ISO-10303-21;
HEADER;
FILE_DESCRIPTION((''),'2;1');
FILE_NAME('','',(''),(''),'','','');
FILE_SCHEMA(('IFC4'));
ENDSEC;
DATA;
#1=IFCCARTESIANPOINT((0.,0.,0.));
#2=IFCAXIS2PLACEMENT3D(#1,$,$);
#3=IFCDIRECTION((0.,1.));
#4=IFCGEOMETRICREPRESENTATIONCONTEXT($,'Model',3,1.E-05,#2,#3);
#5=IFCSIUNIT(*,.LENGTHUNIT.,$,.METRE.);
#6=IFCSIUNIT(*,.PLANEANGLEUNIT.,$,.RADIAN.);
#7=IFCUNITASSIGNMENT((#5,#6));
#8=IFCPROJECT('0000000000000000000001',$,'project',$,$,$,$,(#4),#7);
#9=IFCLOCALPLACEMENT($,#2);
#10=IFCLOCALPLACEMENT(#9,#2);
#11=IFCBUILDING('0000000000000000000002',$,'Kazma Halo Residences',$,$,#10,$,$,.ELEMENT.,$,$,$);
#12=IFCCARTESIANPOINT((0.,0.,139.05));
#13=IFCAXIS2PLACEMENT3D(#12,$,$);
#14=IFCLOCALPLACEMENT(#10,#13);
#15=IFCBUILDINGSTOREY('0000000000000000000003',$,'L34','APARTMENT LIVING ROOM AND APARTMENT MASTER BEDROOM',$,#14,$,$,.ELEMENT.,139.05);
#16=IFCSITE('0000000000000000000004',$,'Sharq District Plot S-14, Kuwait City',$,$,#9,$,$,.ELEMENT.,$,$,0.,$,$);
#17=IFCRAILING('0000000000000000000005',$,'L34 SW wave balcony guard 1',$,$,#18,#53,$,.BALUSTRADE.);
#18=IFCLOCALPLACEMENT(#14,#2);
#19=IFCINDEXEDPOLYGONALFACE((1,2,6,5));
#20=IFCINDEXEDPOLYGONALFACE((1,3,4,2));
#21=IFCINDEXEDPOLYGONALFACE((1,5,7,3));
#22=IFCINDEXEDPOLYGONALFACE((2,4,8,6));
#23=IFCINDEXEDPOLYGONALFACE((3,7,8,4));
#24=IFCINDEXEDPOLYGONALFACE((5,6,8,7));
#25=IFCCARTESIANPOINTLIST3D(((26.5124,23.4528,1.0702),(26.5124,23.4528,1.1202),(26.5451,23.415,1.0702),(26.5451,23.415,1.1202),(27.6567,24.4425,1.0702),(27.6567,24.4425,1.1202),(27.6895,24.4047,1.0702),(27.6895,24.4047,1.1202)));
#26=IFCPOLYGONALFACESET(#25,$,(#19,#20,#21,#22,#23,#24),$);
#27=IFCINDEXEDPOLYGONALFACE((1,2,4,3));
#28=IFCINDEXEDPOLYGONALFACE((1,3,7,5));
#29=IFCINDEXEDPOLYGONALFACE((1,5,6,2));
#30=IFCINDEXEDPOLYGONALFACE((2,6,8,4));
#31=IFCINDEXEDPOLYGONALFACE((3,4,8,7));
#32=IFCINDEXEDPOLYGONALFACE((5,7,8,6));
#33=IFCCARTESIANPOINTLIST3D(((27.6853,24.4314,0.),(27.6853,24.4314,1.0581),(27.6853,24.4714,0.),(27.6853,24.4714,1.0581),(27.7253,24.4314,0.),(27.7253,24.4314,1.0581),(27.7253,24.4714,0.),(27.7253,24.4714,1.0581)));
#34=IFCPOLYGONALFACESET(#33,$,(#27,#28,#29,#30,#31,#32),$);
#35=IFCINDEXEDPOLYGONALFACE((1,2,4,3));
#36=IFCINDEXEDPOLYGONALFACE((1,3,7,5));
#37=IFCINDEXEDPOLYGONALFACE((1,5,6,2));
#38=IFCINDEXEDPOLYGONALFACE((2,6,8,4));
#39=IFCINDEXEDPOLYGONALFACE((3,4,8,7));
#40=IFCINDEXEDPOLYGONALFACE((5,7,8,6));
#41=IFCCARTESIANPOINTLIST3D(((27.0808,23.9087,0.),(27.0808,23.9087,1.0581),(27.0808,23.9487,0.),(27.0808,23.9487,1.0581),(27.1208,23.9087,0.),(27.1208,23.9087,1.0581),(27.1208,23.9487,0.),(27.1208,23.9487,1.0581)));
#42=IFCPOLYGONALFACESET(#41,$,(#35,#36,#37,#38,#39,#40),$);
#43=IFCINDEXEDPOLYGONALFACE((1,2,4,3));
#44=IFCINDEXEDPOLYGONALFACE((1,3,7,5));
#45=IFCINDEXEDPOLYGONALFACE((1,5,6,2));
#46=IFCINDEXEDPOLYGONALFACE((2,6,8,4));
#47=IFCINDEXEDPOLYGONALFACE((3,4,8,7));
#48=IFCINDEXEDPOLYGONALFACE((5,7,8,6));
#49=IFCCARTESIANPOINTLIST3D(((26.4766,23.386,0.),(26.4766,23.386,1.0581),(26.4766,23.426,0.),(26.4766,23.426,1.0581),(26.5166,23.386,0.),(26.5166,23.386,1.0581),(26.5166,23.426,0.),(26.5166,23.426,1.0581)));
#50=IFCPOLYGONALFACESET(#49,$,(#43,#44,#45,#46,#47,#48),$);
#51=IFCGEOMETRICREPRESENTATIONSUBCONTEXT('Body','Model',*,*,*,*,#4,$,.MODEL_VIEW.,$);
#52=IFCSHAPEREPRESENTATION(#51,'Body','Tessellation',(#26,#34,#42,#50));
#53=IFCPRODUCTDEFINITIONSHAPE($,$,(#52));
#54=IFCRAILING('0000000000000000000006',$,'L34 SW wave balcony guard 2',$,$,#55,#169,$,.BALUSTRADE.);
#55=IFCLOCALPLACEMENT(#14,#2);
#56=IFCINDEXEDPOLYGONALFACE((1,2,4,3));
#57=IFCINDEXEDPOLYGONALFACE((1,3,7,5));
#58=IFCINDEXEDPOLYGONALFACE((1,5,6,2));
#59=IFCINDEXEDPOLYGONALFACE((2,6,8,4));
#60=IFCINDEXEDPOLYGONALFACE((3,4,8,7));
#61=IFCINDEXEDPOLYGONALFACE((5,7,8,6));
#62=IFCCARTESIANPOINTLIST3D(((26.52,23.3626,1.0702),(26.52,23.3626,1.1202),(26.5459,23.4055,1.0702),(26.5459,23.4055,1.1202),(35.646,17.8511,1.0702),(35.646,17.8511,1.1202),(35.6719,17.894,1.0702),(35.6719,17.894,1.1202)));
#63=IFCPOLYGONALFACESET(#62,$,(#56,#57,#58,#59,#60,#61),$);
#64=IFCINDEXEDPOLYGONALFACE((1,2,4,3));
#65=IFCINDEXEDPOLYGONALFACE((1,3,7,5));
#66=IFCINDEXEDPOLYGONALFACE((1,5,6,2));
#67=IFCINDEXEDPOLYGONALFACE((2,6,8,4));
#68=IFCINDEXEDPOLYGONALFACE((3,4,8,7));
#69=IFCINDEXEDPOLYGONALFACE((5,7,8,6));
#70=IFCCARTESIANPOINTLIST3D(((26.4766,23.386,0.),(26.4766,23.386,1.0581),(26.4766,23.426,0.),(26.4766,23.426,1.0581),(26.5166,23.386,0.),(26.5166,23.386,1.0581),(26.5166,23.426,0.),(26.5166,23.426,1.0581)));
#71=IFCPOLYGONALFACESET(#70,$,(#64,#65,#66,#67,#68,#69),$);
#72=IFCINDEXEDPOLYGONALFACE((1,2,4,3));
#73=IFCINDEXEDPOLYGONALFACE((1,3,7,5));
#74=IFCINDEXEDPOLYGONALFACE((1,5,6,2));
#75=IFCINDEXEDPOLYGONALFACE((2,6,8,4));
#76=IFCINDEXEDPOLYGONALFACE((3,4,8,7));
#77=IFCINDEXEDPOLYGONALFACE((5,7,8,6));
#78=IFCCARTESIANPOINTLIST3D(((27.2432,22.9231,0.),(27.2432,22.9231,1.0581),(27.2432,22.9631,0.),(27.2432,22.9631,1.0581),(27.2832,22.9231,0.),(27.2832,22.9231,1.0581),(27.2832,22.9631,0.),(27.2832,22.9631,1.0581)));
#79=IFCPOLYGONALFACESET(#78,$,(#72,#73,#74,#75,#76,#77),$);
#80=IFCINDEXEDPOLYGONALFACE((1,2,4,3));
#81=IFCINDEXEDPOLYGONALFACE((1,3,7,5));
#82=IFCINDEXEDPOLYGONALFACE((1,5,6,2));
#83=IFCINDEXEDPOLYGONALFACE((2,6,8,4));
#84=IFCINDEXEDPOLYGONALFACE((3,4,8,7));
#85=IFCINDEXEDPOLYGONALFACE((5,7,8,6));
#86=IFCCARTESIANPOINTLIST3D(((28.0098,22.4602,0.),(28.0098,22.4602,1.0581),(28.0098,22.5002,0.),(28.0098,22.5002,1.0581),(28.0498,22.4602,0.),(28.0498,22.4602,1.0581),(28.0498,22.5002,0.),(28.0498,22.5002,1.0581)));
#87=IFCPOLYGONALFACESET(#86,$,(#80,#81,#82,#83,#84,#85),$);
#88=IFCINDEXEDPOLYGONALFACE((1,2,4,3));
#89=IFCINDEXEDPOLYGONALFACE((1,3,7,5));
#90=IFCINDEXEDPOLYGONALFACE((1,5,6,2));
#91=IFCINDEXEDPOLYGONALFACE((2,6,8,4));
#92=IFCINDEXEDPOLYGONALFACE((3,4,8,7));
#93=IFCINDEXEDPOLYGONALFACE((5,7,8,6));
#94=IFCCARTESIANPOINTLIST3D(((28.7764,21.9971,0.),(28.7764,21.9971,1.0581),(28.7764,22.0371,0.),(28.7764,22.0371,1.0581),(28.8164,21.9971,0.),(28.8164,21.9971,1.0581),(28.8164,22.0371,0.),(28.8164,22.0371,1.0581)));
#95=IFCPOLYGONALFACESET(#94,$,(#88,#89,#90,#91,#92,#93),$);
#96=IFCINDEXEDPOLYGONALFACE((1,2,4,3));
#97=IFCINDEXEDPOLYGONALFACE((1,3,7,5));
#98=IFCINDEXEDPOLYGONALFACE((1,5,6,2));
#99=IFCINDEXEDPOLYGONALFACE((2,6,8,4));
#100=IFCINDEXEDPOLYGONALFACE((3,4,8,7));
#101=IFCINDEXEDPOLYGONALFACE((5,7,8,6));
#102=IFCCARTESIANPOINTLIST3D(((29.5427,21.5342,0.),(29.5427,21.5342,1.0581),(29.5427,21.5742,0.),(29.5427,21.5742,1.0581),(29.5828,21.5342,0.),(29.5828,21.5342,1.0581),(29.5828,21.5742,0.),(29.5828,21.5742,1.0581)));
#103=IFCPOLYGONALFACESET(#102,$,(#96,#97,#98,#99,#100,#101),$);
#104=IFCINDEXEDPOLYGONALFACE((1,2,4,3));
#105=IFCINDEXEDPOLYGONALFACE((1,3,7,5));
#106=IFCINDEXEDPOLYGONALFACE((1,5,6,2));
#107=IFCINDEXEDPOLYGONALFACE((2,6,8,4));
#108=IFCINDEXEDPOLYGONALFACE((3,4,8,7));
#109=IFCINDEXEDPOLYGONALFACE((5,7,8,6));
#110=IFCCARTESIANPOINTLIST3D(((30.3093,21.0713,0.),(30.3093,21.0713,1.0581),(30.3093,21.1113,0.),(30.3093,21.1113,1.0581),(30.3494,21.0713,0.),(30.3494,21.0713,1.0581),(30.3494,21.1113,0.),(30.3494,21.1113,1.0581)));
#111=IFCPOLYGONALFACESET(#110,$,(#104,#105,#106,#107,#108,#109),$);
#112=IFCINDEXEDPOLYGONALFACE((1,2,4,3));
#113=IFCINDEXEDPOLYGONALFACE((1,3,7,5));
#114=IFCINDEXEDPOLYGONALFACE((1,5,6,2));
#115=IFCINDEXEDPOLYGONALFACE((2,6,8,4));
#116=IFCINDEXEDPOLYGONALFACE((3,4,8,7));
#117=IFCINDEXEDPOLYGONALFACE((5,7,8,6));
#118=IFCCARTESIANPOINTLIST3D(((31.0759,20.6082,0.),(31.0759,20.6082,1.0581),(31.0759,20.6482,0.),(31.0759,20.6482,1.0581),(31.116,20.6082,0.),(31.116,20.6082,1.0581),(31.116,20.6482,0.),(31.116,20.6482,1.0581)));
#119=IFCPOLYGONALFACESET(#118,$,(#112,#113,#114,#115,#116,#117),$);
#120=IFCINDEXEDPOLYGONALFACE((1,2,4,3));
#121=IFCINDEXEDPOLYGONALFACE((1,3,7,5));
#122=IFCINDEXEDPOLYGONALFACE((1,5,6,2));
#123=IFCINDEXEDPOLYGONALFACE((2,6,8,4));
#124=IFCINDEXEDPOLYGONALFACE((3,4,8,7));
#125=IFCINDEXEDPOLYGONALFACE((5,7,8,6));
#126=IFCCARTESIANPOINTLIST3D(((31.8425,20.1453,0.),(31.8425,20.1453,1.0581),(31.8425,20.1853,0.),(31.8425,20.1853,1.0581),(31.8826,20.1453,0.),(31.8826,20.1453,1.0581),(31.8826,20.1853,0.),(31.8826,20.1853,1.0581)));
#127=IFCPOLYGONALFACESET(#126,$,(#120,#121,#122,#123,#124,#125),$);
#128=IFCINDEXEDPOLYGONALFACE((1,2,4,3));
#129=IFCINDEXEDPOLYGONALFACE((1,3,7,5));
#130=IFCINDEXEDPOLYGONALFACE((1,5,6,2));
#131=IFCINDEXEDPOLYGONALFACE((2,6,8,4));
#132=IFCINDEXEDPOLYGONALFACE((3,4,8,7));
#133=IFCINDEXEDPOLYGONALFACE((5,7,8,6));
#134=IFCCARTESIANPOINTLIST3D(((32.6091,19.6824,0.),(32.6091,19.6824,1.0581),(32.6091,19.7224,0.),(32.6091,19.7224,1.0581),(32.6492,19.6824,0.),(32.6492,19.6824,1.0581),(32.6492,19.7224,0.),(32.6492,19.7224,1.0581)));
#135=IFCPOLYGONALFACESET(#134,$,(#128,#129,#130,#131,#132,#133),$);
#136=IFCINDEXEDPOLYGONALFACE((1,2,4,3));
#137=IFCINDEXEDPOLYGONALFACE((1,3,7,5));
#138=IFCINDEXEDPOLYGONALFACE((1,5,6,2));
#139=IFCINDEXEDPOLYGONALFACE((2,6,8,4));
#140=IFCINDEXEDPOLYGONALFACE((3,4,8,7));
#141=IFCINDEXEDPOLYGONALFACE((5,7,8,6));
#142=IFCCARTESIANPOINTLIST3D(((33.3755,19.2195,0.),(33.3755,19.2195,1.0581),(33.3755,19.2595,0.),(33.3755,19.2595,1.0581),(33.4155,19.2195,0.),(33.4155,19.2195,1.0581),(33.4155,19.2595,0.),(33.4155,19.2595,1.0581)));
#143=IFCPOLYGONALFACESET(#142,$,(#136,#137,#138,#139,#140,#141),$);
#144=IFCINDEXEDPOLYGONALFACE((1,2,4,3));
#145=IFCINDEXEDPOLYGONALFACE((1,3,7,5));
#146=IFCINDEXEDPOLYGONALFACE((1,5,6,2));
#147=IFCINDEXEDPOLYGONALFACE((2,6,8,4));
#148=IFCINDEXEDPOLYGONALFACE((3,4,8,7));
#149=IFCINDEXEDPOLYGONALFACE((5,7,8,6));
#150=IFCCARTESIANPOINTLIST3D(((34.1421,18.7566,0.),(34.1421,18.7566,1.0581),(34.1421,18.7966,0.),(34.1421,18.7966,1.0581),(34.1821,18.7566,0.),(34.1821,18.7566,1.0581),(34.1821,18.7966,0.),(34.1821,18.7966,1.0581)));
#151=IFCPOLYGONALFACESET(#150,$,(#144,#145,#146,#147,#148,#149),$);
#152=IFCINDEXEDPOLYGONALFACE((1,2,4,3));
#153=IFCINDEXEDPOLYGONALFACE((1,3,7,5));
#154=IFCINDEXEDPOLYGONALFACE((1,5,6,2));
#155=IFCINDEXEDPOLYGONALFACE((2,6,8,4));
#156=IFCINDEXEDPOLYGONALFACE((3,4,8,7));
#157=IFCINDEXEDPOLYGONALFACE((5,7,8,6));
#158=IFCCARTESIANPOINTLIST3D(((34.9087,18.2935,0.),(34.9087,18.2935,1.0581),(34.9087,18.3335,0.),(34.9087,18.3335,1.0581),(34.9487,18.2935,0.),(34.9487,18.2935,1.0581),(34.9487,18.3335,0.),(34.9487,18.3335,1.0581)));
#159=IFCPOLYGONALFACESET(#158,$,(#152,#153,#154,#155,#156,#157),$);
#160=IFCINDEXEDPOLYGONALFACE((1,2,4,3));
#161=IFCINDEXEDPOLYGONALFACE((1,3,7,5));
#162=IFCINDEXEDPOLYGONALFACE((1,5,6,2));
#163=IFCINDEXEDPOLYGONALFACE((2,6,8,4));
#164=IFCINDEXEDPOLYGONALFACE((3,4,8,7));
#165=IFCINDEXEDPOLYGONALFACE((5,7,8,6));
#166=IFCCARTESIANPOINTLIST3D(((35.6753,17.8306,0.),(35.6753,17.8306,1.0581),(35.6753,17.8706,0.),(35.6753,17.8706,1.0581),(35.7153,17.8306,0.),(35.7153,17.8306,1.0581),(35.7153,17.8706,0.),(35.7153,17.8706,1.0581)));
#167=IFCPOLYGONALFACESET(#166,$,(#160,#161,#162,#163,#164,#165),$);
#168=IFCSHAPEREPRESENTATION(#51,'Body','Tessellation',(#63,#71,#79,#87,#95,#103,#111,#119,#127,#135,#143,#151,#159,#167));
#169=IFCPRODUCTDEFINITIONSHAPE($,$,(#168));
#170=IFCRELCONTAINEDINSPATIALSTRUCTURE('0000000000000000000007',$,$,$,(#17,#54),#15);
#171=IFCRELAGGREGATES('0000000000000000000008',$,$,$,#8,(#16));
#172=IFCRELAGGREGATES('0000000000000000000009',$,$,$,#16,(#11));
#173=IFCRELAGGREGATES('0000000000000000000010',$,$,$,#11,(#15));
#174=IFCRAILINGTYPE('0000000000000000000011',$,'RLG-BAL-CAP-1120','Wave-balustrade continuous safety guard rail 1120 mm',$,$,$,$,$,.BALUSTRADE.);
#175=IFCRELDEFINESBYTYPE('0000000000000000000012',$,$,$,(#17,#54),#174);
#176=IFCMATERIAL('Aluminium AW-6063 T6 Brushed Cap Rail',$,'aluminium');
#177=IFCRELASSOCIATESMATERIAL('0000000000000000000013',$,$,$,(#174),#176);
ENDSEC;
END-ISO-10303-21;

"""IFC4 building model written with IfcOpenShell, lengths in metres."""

from ifc_helpers import new_model, si_unit, direction, frame, origin, origin_2d, place, context, subcontext, project, spatial, rectangle, extrude, material, type_object, element, save


model = new_model("IFC4")

# Units and contexts
model_context = context("Model", 3, precision=1e-05, world=origin(), true_north=direction((0.0, 1.0)))
body_context = subcontext(model_context, "Body", "Model", "MODEL_VIEW")
ifc_project = project(units=[si_unit("LENGTHUNIT", "METRE"), si_unit("PLANEANGLEUNIT", "RADIAN")], contexts=[model_context])

# Site, building, storey
site_placement = place(None, origin())
site = spatial("IfcSite", under=ifc_project, at=site_placement, Name="Sharq District Plot S-14, Kuwait City", CompositionType="ELEMENT", RefElevation=0.0)
building_placement = place(site_placement, origin())
building = spatial("IfcBuilding", under=site, at=building_placement, Name="Kazma Halo Residences", CompositionType="ELEMENT")
storey_placement = place(building_placement, frame((0.0, 0.0, 139.05)))
storey = spatial("IfcBuildingStorey", under=building, at=storey_placement, Name="L34", Description="APARTMENT LIVING ROOM AND APARTMENT MASTER BEDROOM", CompositionType="ELEMENT", Elevation=139.05)

# Railings
ifc_material_1 = material(Name="Aluminium AW-6063 T6 Brushed Cap Rail", Category="aluminium")
railing_type = type_object("IfcRailingType", Name="RLG-BAL-CAP-1120", Description="Wave-balustrade continuous safety guard rail 1120 mm", PredefinedType="BALUSTRADE", material=ifc_material_1)
railing_1_placement = place(storey_placement, frame((27.7053, 24.4514, 0.0)))
element("IfcRailing", 1, at=railing_1_placement, inside=storey, type_object=railing_type, Name="L34 SW wave balcony guard 1", PredefinedType="BALUSTRADE", context=body_context, shape_type="SweptSolid", body=[
    extrude(rectangle(XDim=0.05, YDim=0.05, at=origin_2d()), frame((-0.0322, -0.0278, 1.0952), z_axis=(-0.756359, -0.654157, 0.0), x_axis=(0.654157, -0.756359, 0.0)), (0.0, 0.0, 1.0), 1.5129),
    extrude(rectangle(XDim=0.04, YDim=0.04, at=origin_2d()), origin(), (0.0, 0.0, 1.0), 1.0581),
    extrude(rectangle(XDim=0.04, YDim=0.04, at=origin_2d()), frame((-0.6045, -0.5227, 0.0)), (0.0, 0.0, 1.0), 1.0581),
    extrude(rectangle(XDim=0.04, YDim=0.04, at=origin_2d()), frame((-1.2087, -1.0454, 0.0)), (0.0, 0.0, 1.0), 1.0581),
])
railing_2_placement = place(storey_placement, frame((26.4966, 23.406, 0.0)))
element("IfcRailing", 2, at=railing_2_placement, inside=storey, type_object=railing_type, Name="L34 SW wave balcony guard 2", PredefinedType="BALUSTRADE", context=body_context, shape_type="SweptSolid", body=[
    extrude(rectangle(XDim=0.05, YDim=0.05, at=origin_2d()), frame((0.0364, -0.022, 1.0952), z_axis=(0.856004, -0.516969, 0.0), x_axis=(0.516969, 0.856004, 0.0)), (0.0, 0.0, 1.0), 10.6611),
    extrude(rectangle(XDim=0.04, YDim=0.04, at=origin_2d()), origin(), (0.0, 0.0, 1.0), 1.0581),
    extrude(rectangle(XDim=0.04, YDim=0.04, at=origin_2d()), frame((0.7666, -0.4629, 0.0)), (0.0, 0.0, 1.0), 1.0581),
    extrude(rectangle(XDim=0.04, YDim=0.04, at=origin_2d()), frame((1.5332, -0.9258, 0.0)), (0.0, 0.0, 1.0), 1.0581),
    extrude(rectangle(XDim=0.04, YDim=0.04, at=origin_2d()), frame((2.2998, -1.3889, 0.0)), (0.0, 0.0, 1.0), 1.0581),
    extrude(rectangle(XDim=0.04, YDim=0.04, at=origin_2d()), frame((3.0662, -1.8518, 0.0)), (0.0, 0.0, 1.0), 1.0581),
    extrude(rectangle(XDim=0.04, YDim=0.04, at=origin_2d()), frame((3.8328, -2.3147, 0.0)), (0.0, 0.0, 1.0), 1.0581),
    extrude(rectangle(XDim=0.04, YDim=0.04, at=origin_2d()), frame((4.5994, -2.7778, 0.0)), (0.0, 0.0, 1.0), 1.0581),
    extrude(rectangle(XDim=0.04, YDim=0.04, at=origin_2d()), frame((5.366, -3.2407, 0.0)), (0.0, 0.0, 1.0), 1.0581),
    extrude(rectangle(XDim=0.04, YDim=0.04, at=origin_2d()), frame((6.1326, -3.7036, 0.0)), (0.0, 0.0, 1.0), 1.0581),
    extrude(rectangle(XDim=0.04, YDim=0.04, at=origin_2d()), frame((6.8989, -4.1665, 0.0)), (0.0, 0.0, 1.0), 1.0581),
    extrude(rectangle(XDim=0.04, YDim=0.04, at=origin_2d()), frame((7.6655, -4.6294, 0.0)), (0.0, 0.0, 1.0), 1.0581),
    extrude(rectangle(XDim=0.04, YDim=0.04, at=origin_2d()), frame((8.4321, -5.0925, 0.0)), (0.0, 0.0, 1.0), 1.0581),
    extrude(rectangle(XDim=0.04, YDim=0.04, at=origin_2d()), frame((9.1987, -5.5554, 0.0)), (0.0, 0.0, 1.0), 1.0581),
])

save(model, "model.ifc")
